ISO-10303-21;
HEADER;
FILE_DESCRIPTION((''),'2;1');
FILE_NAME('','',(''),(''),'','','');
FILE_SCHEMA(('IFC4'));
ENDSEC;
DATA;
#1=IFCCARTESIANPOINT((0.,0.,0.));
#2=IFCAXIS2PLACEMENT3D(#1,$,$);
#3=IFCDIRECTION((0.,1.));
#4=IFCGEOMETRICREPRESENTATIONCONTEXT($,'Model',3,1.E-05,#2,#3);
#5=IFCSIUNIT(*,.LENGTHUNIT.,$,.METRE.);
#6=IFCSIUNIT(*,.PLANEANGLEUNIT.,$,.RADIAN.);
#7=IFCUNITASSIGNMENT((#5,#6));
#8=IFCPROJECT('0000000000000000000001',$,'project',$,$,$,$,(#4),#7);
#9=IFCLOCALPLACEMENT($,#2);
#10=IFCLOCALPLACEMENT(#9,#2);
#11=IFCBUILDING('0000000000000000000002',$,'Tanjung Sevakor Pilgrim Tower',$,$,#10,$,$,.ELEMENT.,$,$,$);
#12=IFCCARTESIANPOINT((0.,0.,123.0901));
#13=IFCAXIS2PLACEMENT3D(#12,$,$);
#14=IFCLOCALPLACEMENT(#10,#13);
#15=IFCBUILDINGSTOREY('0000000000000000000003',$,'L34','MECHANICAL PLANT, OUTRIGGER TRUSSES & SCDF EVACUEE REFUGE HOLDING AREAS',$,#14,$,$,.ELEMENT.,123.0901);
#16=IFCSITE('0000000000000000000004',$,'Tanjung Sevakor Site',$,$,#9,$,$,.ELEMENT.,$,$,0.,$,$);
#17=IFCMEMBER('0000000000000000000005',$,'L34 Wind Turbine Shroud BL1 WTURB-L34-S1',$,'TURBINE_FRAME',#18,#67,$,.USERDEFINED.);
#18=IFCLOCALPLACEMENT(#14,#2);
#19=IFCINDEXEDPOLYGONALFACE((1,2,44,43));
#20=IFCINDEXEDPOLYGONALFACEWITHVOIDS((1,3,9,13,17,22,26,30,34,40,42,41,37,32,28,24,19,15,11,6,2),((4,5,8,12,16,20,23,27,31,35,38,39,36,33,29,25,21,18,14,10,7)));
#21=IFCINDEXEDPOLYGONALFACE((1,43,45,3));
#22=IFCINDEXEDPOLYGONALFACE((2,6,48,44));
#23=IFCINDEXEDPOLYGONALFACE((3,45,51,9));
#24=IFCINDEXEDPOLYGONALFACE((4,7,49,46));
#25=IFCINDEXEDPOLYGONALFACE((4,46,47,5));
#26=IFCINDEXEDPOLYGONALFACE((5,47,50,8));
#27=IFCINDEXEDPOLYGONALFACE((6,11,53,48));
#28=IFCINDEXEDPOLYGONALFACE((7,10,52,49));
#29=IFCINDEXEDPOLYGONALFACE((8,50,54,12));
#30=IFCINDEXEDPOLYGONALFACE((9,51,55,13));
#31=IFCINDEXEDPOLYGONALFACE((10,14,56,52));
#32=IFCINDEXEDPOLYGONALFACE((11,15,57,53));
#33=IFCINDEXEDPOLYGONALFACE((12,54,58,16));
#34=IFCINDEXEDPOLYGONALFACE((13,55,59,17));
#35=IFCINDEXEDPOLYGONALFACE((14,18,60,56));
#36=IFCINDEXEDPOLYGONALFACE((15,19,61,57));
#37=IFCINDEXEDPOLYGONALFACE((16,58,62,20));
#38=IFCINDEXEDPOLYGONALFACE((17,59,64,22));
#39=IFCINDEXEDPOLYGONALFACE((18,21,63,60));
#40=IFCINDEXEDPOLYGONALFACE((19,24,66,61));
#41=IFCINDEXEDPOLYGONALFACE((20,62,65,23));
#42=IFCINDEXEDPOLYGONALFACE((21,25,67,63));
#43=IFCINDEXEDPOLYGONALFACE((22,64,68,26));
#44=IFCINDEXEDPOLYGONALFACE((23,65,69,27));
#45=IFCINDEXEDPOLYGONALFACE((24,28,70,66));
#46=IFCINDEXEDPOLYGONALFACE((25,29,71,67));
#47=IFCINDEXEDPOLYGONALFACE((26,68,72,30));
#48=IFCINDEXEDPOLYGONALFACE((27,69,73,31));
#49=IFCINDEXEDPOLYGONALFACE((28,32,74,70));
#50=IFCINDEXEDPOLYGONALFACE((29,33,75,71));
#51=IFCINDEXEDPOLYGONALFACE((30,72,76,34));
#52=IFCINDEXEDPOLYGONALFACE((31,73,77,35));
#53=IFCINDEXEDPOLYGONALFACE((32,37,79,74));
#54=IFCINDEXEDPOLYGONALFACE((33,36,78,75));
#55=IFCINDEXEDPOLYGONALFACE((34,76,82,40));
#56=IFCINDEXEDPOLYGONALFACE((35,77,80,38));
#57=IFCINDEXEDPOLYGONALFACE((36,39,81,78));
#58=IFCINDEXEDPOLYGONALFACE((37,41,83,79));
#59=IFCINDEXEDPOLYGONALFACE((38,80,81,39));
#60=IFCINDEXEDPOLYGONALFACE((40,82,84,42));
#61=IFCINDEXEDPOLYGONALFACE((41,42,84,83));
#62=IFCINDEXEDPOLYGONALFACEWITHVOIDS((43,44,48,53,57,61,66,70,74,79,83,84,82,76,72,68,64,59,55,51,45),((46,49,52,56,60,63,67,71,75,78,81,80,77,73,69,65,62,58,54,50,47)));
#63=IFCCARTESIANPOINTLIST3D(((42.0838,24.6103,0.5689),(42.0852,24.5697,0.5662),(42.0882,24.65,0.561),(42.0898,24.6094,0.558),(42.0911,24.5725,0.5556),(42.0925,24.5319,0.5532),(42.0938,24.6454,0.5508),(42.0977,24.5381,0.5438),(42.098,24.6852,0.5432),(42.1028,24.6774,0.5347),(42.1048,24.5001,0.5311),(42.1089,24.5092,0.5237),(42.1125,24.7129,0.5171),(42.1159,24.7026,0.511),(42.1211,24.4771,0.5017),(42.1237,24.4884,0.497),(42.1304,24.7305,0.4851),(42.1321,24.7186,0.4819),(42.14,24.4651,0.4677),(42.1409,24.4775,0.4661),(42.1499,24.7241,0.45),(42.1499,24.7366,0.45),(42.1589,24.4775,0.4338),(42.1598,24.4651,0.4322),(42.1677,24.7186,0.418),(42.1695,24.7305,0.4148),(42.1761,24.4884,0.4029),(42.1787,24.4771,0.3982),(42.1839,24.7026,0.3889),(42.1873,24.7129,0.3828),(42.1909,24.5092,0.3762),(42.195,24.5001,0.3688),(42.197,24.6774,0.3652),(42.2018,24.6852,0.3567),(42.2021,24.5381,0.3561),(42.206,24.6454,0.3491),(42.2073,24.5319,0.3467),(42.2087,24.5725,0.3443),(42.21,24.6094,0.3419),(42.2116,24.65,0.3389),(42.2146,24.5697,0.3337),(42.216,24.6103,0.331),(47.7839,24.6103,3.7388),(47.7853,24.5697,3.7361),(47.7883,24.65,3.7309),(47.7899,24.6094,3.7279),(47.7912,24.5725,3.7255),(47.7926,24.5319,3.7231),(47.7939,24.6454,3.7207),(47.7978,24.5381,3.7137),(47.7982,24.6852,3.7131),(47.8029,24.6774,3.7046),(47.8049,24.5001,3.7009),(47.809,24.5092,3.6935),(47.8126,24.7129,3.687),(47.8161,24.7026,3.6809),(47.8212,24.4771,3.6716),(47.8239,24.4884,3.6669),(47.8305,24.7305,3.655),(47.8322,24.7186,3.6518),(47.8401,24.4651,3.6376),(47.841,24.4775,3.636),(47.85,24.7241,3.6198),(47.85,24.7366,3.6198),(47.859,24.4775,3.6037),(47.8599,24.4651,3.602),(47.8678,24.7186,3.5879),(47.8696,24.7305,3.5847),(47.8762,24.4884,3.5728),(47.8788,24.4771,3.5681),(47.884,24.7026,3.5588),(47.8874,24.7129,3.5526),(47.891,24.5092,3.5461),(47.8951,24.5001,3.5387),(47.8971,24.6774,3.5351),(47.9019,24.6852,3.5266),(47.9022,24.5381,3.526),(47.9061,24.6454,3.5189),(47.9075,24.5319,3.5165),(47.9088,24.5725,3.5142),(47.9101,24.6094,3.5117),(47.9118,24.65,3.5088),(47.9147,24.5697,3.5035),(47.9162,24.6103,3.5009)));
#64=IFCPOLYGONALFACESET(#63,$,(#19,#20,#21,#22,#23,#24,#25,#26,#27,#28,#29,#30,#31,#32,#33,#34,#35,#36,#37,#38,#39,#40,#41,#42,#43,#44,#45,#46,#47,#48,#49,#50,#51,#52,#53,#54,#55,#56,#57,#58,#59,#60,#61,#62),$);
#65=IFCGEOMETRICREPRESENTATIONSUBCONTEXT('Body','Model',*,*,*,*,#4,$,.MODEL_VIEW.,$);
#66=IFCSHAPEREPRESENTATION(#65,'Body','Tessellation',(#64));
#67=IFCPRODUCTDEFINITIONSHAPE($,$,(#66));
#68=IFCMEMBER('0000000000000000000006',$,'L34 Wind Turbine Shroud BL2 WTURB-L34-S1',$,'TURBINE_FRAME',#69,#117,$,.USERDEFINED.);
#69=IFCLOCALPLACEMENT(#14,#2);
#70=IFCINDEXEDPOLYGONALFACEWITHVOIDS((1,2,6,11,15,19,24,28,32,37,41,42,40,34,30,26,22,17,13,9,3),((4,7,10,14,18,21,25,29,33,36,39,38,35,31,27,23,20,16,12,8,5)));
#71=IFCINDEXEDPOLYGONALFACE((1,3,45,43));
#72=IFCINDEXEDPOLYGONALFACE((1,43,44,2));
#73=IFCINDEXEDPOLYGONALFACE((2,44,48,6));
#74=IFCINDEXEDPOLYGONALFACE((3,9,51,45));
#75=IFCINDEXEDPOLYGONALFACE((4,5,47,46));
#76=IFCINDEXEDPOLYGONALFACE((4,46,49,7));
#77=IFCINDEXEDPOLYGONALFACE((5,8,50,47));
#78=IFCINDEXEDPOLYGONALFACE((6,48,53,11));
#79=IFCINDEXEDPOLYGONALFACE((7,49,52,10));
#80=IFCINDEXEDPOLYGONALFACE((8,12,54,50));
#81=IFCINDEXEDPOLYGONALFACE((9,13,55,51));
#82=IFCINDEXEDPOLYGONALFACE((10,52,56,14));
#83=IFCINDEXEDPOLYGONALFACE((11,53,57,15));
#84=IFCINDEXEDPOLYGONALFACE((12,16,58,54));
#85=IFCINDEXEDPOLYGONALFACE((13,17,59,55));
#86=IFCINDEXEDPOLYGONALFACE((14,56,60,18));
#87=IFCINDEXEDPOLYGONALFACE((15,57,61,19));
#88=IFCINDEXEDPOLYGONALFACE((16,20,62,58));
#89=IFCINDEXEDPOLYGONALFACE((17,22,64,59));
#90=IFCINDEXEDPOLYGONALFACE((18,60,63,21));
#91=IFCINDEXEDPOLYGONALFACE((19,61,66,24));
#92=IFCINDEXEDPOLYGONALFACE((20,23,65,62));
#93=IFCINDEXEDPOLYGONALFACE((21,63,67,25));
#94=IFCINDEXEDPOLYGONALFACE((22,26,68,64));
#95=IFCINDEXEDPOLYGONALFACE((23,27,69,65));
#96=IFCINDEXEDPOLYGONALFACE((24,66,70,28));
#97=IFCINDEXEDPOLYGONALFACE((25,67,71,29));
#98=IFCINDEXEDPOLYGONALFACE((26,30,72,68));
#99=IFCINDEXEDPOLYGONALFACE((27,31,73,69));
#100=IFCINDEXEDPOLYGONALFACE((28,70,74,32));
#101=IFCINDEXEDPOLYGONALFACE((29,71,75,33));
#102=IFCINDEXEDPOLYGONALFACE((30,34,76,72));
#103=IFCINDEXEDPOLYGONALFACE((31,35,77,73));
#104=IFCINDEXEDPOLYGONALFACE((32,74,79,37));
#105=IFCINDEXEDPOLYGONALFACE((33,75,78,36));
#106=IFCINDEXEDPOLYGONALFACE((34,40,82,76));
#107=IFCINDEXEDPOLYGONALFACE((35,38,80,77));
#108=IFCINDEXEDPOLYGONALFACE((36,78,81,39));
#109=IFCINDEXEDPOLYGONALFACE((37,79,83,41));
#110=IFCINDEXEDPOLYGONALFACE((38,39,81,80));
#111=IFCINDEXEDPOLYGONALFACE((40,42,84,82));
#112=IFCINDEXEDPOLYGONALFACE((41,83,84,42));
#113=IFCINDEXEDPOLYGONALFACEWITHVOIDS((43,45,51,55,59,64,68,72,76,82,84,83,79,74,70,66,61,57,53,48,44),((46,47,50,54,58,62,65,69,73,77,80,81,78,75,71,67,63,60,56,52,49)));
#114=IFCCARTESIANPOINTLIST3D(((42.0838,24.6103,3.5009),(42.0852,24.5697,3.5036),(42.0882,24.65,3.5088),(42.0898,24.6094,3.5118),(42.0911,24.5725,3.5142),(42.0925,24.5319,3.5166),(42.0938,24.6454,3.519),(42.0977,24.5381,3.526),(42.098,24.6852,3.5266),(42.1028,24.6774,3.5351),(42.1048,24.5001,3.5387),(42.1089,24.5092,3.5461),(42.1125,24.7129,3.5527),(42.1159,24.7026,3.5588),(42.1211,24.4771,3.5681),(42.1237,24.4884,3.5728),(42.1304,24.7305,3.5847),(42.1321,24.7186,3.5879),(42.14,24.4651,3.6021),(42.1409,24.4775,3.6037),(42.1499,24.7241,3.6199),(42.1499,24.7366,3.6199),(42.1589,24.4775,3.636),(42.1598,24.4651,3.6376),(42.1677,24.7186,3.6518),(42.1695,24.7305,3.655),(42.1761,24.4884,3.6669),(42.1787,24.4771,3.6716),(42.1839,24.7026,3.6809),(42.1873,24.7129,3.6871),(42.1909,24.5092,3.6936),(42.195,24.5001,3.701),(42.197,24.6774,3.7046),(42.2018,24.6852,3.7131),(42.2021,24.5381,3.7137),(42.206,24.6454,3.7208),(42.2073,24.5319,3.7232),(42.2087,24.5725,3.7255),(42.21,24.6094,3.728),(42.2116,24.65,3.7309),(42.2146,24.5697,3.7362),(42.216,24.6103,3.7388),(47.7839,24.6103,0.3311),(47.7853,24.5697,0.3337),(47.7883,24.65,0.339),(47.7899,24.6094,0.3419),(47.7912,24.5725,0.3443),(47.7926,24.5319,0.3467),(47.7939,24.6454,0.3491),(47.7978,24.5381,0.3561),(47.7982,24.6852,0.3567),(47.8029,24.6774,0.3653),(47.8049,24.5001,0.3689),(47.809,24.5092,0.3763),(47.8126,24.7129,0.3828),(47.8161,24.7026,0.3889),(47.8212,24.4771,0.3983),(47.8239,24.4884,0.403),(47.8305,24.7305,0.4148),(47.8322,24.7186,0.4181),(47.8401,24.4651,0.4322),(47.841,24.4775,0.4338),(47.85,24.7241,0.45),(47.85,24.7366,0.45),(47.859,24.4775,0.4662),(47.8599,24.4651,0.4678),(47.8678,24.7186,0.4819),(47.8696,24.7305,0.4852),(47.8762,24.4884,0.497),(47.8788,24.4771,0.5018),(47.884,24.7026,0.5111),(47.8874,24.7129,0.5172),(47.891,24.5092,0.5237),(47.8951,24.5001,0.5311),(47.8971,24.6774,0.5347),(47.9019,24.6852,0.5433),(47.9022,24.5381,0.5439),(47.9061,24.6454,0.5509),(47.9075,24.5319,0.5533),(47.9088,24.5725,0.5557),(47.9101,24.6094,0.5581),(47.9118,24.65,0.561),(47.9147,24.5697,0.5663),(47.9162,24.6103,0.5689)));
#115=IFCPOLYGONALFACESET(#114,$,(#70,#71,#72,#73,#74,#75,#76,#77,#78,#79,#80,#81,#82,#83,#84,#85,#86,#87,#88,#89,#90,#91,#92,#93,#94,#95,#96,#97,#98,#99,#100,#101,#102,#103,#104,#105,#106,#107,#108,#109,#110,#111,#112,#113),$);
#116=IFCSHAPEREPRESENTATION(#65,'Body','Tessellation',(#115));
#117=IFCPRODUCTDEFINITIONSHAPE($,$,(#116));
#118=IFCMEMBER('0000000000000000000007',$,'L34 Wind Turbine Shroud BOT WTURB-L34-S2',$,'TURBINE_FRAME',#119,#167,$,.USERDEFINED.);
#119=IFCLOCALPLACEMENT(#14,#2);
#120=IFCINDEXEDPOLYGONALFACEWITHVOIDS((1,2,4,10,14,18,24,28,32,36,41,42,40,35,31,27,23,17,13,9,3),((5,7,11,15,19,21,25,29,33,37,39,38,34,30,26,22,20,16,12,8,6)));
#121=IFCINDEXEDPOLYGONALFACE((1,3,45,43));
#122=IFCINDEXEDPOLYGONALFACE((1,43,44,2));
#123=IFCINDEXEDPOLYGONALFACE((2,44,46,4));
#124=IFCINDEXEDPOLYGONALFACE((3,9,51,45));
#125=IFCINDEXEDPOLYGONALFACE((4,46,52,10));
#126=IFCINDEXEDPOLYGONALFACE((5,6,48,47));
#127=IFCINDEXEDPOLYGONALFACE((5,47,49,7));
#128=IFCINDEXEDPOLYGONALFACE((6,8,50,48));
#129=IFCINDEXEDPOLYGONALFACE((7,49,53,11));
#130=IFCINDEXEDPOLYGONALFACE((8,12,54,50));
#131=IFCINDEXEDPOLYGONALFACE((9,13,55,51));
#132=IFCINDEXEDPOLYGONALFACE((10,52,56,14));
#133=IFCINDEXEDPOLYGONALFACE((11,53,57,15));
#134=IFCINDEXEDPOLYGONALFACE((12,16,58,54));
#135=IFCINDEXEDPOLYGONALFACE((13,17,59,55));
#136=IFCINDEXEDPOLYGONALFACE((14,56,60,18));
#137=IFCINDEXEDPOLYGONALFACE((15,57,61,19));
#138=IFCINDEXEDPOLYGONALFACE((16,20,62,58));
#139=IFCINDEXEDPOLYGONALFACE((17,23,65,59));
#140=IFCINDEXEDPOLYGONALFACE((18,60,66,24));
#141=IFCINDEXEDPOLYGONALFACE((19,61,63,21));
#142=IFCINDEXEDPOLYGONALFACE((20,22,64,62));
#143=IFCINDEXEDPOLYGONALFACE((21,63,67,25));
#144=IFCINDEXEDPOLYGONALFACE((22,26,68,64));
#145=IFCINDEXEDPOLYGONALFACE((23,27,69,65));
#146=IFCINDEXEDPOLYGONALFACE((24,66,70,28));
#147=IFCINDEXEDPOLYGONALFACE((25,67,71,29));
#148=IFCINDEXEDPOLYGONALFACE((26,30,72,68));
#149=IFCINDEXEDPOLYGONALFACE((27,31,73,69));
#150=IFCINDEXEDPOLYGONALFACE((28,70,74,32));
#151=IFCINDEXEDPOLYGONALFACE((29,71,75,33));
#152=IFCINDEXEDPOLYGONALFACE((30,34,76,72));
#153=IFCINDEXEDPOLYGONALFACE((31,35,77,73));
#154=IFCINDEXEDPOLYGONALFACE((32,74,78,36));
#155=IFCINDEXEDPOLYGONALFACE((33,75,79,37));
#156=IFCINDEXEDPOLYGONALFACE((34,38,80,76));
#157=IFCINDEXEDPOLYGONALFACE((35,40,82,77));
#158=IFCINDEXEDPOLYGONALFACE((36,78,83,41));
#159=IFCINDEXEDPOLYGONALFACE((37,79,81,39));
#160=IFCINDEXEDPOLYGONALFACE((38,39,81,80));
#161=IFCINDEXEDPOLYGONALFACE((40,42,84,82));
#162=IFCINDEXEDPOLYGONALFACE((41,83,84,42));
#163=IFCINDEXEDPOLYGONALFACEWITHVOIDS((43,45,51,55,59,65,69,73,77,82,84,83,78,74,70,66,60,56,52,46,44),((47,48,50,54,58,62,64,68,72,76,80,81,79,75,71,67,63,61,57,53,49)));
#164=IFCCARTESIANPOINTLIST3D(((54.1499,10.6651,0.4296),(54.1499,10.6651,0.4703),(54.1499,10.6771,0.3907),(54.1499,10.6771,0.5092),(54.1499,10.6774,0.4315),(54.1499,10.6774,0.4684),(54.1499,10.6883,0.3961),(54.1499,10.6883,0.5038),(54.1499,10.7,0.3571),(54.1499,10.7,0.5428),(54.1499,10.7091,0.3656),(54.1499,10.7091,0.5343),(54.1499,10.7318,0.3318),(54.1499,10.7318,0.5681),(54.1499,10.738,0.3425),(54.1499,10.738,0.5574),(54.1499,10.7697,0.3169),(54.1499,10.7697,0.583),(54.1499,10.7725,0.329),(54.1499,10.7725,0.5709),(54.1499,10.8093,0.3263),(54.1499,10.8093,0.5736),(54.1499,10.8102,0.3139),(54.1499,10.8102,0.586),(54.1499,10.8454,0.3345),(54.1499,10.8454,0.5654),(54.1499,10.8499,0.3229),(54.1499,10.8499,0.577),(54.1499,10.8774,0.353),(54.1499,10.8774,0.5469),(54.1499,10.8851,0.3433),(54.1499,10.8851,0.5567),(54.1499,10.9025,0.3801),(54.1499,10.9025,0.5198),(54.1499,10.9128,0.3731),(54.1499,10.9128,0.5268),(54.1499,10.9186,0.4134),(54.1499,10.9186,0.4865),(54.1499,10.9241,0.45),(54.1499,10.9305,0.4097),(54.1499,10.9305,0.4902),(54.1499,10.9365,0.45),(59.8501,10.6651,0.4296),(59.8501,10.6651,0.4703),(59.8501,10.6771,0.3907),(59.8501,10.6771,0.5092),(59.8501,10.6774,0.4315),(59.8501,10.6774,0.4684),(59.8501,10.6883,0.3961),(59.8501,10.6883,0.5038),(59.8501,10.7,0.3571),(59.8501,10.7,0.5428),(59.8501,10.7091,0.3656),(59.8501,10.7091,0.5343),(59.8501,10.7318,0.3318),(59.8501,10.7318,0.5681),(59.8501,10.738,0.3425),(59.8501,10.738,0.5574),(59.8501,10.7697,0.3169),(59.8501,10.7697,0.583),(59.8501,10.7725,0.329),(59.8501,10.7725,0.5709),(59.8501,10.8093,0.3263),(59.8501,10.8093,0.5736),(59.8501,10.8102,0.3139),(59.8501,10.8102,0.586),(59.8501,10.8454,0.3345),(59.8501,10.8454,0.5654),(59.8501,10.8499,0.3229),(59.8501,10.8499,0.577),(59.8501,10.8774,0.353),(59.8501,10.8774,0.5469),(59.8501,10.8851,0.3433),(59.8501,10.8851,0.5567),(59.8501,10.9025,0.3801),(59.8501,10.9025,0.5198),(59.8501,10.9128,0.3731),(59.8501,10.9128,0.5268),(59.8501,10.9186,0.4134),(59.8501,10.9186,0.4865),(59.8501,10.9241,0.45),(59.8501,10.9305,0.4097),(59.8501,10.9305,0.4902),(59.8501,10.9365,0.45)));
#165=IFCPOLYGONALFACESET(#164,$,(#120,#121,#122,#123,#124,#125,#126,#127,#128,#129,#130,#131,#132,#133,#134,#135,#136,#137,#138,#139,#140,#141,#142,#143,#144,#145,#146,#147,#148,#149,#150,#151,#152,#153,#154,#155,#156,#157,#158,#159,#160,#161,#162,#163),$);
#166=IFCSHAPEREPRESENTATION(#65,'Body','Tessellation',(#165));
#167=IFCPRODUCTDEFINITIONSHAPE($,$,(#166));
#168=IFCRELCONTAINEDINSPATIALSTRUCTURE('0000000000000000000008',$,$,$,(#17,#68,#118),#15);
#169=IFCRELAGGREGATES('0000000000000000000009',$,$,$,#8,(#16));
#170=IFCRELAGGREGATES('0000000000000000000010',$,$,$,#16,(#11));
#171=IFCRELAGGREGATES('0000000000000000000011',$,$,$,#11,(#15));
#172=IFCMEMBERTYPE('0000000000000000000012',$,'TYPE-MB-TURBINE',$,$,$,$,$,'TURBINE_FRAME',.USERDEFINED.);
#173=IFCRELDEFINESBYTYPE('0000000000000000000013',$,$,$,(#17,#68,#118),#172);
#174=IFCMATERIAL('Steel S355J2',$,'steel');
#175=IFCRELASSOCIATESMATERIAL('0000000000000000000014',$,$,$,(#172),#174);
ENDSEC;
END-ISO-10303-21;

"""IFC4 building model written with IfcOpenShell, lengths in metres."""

from ifc_helpers import new_model, si_unit, direction, frame, origin, origin_2d, place, context, subcontext, project, spatial, hollow_circle, extrude, material, material_profile, profile_set, type_object, element, save


model = new_model("IFC4")

# Units and contexts
model_context = context("Model", 3, precision=1e-05, world=origin(), true_north=direction((0.0, 1.0)))
body_context = subcontext(model_context, "Body", "Model", "MODEL_VIEW")
ifc_project = project(units=[si_unit("LENGTHUNIT", "METRE"), si_unit("PLANEANGLEUNIT", "RADIAN")], contexts=[model_context])

# Site, building, storey
site_placement = place(None, origin())
site = spatial("IfcSite", under=ifc_project, at=site_placement, Name="Tanjung Sevakor Site", CompositionType="ELEMENT", RefElevation=0.0)
building_placement = place(site_placement, origin())
building = spatial("IfcBuilding", under=site, at=building_placement, Name="Tanjung Sevakor Pilgrim Tower", CompositionType="ELEMENT")
storey_placement = place(building_placement, frame((0.0, 0.0, 123.0901)))
storey = spatial("IfcBuildingStorey", under=building, at=storey_placement, Name="L34", Description="MECHANICAL PLANT, OUTRIGGER TRUSSES & SCDF EVACUEE REFUGE HOLDING AREAS", CompositionType="ELEMENT", Elevation=123.0901)

# Members
ifc_material_1 = material(Name="Steel S355J2", Category="steel")
ifc_material_profile_1 = material_profile(ifc_material_1, hollow_circle(Radius=0.1365, WallThickness=0.0125, at=origin_2d()))
ifc_profile_set_1 = profile_set([ifc_material_profile_1], Name="Steel S355J2")
member_type = type_object("IfcMemberType", Name="TYPE-MB-TURBINE", ElementType="TURBINE_FRAME", PredefinedType="USERDEFINED", material=ifc_profile_set_1)
for number, where, z_axis, x_axis, name in (
    (1, (42.1499, 24.6001, 0.45), (0.873952, 0.0, 0.486012), (0.0, 1.0, 0.0), "L34 Wind Turbine Shroud BL1 WTURB-L34-S1"),
    (2, (42.1499, 24.6001, 3.6199), (0.873952, 0.0, -0.486012), (0.0, 1.0, 0.0), "L34 Wind Turbine Shroud BL2 WTURB-L34-S1"),
):
    element("IfcMember", number, at=place(storey_placement, frame(where, z_axis=z_axis, x_axis=x_axis)), inside=storey, type_object=member_type, Name=name, ObjectType="TURBINE_FRAME", PredefinedType="USERDEFINED", context=body_context, shape_type="SweptSolid", body=[
        extrude(hollow_circle(Radius=0.1365, WallThickness=0.0125, at=origin_2d()), origin(), (0.0, 0.0, 1.0), 6.5222),
    ])
for number, where, z_axis, x_axis, name in (
    (3, (54.1499, 10.8, 0.45), (1.0, 0.0, 0.0), (0.0, 1.0, 0.0), "L34 Wind Turbine Shroud BOT WTURB-L34-S2"),
):
    element("IfcMember", number, at=place(storey_placement, frame(where, z_axis=z_axis, x_axis=x_axis)), inside=storey, type_object=member_type, Name=name, ObjectType="TURBINE_FRAME", PredefinedType="USERDEFINED", context=body_context, shape_type="SweptSolid", body=[
        extrude(hollow_circle(Radius=0.1365, WallThickness=0.0125, at=origin_2d()), origin(), (0.0, 0.0, 1.0), 5.7002),
    ])

save(model, "model.ifc")
